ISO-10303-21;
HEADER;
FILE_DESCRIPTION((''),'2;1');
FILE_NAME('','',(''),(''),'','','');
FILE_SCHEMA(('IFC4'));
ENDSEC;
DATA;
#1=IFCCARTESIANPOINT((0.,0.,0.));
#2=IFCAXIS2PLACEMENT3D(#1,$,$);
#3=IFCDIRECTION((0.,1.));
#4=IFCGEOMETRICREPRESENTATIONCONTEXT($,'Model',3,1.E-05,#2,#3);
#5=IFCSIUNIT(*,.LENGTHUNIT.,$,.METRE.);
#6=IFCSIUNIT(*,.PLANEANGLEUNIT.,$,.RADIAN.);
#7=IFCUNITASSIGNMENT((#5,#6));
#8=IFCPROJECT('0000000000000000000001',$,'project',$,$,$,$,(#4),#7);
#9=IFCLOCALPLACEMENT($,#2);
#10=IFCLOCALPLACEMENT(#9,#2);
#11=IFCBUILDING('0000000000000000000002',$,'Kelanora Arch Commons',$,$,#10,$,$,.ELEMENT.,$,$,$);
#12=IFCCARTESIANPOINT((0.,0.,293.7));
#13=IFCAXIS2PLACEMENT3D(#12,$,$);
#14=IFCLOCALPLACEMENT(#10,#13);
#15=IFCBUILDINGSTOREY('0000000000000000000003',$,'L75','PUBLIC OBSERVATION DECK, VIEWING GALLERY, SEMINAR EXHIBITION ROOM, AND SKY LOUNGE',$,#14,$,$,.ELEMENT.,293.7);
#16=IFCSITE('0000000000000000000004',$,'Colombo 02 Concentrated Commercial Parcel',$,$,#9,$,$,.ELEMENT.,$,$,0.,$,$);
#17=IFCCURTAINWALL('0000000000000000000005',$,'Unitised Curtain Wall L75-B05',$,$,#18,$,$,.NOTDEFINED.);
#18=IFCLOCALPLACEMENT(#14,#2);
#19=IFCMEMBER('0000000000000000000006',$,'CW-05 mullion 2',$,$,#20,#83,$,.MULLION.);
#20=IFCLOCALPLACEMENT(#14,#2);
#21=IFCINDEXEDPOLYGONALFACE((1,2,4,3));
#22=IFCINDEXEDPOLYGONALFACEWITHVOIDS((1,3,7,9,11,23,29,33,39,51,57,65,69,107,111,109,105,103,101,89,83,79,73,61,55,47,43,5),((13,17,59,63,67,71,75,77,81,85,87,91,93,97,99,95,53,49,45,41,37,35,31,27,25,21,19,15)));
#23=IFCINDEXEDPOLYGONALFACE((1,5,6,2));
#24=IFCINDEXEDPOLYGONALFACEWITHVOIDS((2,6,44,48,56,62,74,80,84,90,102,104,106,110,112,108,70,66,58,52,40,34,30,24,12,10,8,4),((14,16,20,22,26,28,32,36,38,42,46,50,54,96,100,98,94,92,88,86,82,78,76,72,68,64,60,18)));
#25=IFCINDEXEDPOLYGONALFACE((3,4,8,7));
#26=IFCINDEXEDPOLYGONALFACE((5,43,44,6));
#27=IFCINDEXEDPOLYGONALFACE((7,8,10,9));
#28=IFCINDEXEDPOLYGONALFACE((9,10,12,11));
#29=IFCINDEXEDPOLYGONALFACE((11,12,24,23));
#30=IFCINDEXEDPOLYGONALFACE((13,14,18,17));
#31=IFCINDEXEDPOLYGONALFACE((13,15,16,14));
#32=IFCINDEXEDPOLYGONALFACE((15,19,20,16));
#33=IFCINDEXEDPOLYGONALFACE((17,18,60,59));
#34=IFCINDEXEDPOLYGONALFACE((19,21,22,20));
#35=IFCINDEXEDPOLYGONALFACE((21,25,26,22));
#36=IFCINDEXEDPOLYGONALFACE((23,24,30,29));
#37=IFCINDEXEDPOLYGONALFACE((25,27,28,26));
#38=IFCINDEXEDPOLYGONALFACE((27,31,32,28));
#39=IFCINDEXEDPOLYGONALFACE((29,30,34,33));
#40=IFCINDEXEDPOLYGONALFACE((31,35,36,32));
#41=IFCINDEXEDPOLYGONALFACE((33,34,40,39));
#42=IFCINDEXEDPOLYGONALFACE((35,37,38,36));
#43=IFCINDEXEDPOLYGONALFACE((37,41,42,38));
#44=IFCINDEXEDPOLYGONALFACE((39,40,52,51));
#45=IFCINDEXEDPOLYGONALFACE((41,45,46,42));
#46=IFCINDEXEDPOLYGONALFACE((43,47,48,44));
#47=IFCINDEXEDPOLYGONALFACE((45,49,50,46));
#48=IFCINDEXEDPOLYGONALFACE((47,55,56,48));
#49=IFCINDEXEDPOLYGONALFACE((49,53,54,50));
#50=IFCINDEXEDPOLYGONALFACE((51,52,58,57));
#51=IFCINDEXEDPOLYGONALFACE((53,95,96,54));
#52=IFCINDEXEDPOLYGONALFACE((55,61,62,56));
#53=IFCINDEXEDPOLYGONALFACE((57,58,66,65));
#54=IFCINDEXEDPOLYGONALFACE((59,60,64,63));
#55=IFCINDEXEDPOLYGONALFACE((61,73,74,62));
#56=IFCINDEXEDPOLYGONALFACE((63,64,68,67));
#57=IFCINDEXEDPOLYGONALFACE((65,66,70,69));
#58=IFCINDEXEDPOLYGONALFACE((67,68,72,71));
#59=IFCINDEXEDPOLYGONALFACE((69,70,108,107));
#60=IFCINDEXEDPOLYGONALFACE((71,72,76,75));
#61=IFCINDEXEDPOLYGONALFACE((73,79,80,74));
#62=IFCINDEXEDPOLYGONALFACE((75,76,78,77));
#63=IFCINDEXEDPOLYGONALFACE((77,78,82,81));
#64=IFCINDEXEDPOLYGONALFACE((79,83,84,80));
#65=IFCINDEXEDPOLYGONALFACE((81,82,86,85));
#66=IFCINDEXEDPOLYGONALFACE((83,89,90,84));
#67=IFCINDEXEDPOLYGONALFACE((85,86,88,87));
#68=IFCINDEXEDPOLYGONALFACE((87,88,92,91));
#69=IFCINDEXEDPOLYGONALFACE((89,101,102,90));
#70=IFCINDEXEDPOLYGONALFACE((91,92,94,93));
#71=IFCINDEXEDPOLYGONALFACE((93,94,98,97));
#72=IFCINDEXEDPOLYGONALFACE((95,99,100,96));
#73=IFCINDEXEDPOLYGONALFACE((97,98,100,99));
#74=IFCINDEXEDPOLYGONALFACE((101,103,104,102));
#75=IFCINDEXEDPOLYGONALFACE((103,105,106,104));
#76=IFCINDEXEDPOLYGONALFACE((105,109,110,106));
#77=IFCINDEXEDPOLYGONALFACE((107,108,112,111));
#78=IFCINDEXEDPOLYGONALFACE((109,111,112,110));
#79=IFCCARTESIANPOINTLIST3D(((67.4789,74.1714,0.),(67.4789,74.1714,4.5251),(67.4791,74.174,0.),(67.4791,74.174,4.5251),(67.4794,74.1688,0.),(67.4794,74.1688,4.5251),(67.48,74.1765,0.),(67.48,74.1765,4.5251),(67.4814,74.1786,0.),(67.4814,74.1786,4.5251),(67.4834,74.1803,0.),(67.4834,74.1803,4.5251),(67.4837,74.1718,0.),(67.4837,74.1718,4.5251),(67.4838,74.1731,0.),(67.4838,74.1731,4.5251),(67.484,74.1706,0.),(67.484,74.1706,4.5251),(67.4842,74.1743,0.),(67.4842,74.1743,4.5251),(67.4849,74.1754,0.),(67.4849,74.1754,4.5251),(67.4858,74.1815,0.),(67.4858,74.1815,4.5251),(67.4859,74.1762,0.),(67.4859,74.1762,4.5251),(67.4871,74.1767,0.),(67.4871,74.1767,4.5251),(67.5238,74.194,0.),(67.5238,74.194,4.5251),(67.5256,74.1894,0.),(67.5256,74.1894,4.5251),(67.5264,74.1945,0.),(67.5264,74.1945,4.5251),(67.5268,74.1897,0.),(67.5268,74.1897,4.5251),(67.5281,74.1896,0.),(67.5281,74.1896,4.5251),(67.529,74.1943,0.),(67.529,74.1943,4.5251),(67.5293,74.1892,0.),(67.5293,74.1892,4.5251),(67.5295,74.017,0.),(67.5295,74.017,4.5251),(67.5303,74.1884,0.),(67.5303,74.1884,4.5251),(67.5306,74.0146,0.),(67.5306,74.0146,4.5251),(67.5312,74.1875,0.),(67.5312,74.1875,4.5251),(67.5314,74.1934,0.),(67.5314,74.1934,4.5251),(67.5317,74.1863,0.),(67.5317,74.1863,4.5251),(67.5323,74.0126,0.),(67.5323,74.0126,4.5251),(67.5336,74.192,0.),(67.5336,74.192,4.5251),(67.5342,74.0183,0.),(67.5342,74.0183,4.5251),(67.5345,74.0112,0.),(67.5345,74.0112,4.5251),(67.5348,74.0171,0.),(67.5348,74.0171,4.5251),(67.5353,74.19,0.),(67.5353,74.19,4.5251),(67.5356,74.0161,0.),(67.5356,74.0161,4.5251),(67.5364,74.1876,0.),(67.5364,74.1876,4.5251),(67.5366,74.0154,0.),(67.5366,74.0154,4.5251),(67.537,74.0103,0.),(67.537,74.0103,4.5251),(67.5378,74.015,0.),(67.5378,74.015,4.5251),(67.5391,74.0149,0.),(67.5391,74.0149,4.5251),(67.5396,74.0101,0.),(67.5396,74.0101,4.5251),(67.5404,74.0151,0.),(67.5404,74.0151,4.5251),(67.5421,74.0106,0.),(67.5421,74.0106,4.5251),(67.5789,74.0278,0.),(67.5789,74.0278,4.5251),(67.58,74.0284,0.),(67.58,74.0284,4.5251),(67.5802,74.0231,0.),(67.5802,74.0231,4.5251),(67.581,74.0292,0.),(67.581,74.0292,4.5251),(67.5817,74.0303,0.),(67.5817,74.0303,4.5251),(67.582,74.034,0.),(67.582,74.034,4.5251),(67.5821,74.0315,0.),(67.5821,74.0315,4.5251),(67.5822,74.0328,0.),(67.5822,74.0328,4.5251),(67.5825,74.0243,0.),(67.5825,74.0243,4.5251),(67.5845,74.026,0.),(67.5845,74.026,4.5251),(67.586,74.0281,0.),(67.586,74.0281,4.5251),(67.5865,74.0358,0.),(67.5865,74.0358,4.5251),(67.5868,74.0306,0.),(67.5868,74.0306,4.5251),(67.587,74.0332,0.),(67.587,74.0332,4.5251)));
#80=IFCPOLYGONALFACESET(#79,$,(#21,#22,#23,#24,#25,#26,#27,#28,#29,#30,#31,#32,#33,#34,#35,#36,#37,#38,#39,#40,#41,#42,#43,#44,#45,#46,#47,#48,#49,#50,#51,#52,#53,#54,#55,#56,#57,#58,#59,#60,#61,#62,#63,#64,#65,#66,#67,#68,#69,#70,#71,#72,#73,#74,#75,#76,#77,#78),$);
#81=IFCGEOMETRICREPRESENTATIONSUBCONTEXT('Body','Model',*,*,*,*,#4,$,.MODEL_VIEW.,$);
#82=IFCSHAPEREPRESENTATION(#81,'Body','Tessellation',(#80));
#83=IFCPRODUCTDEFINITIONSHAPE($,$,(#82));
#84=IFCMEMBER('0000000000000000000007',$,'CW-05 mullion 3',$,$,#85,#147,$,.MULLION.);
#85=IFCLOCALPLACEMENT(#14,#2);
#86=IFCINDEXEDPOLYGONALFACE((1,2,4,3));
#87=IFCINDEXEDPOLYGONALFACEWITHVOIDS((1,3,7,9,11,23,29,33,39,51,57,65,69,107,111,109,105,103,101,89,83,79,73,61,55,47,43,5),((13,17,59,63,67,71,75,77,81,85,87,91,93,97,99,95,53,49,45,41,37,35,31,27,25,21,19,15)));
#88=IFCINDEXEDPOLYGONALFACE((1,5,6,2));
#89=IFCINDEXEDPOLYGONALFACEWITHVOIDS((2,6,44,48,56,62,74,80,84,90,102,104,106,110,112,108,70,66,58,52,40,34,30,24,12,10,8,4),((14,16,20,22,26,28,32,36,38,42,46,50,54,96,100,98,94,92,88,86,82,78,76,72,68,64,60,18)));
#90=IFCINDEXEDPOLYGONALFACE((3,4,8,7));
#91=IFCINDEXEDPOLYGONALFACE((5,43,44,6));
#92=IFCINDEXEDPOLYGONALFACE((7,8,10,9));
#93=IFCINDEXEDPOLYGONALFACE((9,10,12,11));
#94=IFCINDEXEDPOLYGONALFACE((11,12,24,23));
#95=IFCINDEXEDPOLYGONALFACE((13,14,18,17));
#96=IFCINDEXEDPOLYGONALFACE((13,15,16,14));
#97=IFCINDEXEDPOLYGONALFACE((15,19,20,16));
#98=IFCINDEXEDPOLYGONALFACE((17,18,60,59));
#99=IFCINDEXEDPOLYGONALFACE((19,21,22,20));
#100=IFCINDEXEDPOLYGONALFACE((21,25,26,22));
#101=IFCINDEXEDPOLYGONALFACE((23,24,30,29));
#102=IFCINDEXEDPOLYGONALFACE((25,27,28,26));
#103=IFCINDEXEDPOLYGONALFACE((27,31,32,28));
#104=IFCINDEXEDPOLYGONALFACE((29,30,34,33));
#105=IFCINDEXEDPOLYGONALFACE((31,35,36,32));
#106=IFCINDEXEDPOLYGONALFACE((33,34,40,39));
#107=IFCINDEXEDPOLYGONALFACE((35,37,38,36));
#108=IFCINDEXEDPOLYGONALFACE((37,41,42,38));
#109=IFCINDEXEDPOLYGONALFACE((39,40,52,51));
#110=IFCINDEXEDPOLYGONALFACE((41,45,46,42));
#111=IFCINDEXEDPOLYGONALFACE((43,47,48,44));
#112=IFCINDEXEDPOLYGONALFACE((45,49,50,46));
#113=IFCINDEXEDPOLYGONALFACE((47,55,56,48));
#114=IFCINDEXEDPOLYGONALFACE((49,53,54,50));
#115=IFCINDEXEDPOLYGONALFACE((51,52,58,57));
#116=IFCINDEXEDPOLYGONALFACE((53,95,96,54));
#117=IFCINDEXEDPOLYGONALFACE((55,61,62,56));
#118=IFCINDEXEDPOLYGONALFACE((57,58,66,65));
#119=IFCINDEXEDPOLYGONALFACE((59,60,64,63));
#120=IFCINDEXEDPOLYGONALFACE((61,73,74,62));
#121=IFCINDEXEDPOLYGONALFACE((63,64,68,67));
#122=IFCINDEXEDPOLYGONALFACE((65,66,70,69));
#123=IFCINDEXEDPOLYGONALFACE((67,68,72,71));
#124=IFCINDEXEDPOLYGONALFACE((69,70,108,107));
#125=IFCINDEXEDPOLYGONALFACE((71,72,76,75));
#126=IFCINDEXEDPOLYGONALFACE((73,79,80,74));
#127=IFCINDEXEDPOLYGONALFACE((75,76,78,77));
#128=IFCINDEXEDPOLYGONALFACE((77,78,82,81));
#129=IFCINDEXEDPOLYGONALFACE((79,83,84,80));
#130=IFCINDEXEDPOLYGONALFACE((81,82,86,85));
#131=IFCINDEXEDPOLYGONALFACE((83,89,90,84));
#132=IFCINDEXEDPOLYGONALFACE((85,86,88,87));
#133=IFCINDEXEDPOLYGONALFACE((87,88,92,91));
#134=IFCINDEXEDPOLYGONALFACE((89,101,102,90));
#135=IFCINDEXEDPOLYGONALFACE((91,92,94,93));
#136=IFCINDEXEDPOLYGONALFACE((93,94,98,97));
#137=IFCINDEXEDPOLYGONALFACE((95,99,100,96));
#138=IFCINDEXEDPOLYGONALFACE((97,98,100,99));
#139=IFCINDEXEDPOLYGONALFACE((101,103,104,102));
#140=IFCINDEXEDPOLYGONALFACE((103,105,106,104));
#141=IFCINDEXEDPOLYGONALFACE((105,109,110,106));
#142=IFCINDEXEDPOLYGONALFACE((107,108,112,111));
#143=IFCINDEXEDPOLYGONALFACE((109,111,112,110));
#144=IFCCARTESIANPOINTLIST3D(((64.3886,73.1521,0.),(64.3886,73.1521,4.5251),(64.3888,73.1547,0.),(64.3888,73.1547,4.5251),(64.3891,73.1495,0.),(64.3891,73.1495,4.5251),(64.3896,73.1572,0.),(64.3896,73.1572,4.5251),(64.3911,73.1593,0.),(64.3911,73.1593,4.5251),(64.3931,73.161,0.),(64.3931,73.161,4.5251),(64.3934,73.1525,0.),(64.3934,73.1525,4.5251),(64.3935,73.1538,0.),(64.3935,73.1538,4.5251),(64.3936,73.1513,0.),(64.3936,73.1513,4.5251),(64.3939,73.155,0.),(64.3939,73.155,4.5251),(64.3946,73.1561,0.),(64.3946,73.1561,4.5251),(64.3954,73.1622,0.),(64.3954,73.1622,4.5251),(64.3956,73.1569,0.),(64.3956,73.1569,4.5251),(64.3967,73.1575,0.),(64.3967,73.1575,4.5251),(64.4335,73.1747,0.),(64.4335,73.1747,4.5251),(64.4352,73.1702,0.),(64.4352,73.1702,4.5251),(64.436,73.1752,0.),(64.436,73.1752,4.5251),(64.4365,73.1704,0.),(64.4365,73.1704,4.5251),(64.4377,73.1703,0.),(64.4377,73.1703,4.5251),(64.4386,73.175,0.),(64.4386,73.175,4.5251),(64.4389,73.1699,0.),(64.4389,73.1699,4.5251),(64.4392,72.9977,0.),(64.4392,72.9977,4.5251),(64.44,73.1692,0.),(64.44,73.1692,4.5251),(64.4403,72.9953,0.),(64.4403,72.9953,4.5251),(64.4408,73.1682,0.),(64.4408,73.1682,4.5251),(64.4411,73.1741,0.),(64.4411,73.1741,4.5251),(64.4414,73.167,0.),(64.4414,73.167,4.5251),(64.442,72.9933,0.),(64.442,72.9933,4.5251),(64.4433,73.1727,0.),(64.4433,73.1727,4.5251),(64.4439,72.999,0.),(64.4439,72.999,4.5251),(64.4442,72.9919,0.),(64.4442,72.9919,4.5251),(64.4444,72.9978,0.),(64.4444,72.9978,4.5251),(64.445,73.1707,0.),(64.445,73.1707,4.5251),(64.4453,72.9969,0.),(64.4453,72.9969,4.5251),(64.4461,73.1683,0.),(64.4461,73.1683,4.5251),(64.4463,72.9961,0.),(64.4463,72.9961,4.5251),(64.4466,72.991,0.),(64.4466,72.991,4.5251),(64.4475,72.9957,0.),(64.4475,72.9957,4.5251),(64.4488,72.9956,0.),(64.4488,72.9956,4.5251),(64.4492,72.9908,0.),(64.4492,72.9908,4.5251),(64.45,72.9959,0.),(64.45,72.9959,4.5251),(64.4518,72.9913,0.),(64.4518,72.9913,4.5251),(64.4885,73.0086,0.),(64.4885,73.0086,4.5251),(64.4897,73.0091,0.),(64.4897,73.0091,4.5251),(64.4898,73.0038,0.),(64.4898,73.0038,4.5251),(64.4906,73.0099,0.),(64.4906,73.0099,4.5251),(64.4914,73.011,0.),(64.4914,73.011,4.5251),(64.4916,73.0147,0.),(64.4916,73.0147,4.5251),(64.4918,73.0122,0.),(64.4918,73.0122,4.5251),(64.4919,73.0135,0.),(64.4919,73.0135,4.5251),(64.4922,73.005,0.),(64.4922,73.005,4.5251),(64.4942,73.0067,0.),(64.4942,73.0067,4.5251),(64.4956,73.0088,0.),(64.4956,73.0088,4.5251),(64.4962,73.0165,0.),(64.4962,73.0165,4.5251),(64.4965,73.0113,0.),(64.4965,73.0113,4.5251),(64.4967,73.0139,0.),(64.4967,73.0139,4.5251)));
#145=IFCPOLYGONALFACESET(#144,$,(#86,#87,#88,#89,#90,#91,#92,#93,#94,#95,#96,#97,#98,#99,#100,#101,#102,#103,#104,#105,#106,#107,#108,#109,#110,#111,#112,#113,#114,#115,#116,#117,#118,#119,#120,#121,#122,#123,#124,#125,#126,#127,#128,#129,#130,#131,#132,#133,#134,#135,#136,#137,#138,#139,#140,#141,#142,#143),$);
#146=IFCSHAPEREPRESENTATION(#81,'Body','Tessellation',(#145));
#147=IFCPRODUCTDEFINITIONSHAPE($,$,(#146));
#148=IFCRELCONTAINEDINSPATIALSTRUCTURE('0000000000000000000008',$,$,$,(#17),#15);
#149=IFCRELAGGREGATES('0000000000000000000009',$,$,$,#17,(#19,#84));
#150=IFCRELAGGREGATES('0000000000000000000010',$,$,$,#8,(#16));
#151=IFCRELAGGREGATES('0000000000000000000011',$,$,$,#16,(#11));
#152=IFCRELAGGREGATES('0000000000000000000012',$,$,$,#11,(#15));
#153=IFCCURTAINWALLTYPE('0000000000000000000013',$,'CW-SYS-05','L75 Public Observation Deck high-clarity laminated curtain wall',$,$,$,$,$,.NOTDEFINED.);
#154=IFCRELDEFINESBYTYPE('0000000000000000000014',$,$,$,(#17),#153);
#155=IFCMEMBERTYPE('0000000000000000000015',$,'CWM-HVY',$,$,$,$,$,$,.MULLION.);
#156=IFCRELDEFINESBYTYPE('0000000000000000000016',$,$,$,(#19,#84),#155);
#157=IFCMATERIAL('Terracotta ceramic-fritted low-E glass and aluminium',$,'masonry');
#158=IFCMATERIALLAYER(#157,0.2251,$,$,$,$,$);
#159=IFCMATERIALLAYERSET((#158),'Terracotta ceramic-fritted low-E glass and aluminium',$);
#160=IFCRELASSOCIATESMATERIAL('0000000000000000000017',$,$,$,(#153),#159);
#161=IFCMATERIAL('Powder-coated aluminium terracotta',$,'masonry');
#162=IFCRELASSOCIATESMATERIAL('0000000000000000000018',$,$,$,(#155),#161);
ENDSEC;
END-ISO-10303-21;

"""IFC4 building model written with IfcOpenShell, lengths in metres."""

from ifc_helpers import new_model, si_unit, direction, frame, origin, origin_2d, place, context, subcontext, project, spatial, hollow_rectangle, extrude, material, layer, layer_set, material_profile, profile_set, type_object, element, aggregate, save


model = new_model("IFC4")

# Units and contexts
model_context = context("Model", 3, precision=1e-05, world=origin(), true_north=direction((0.0, 1.0)))
body_context = subcontext(model_context, "Body", "Model", "MODEL_VIEW")
ifc_project = project(units=[si_unit("LENGTHUNIT", "METRE"), si_unit("PLANEANGLEUNIT", "RADIAN")], contexts=[model_context])

# Site, building, storey
site_placement = place(None, origin())
site = spatial("IfcSite", under=ifc_project, at=site_placement, Name="Colombo 02 Concentrated Commercial Parcel", CompositionType="ELEMENT", RefElevation=0.0)
building_placement = place(site_placement, origin())
building = spatial("IfcBuilding", under=site, at=building_placement, Name="Kelanora Arch Commons", CompositionType="ELEMENT")
storey_placement = place(building_placement, frame((0.0, 0.0, 293.7)))
storey = spatial("IfcBuildingStorey", under=building, at=storey_placement, Name="L75", Description="PUBLIC OBSERVATION DECK, VIEWING GALLERY, SEMINAR EXHIBITION ROOM, AND SKY LOUNGE", CompositionType="ELEMENT", Elevation=293.7)

# Shared definitions
ifc_material_1 = material(Name="Terracotta ceramic-fritted low-E glass and aluminium", Category="masonry")
ifc_layer_1 = layer(ifc_material_1, 0.2251)
ifc_layer_set_1 = layer_set([ifc_layer_1], Name="Terracotta ceramic-fritted low-E glass and aluminium")
curtain_wall_type = type_object("IfcCurtainWallType", Name="CW-SYS-05", Description="L75 Public Observation Deck high-clarity laminated curtain wall", PredefinedType="NOTDEFINED", material=ifc_layer_set_1)
ifc_material_2 = material(Name="Powder-coated aluminium terracotta", Category="masonry")
ifc_material_profile_1 = material_profile(ifc_material_2, hollow_rectangle(XDim=0.1799, YDim=0.0601, WallThickness=0.0049, InnerFilletRadius=0.0049, OuterFilletRadius=0.01, at=origin_2d()), Name="CWM180x60")
ifc_profile_set_1 = profile_set([ifc_material_profile_1], Name="Powder-coated aluminium terracotta")
member_type_1 = type_object("IfcMemberType", Name="CWM-HVY", PredefinedType="MULLION", material=ifc_profile_set_1)

# Curtain wall, members
curtain_wall_1_placement = place(storey_placement, origin())
curtain_wall_1 = element("IfcCurtainWall", 1, at=curtain_wall_1_placement, inside=storey, type_object=curtain_wall_type, Name="Unitised Curtain Wall L75-B05", PredefinedType="NOTDEFINED")
member_1_placement = place(storey_placement, frame((67.533, 74.1023, 0.0), z_axis=(0.0, 0.0, 1.0), x_axis=(0.313253, -0.94967, 0.0)))
member_1 = element("IfcMember", 2, at=member_1_placement, type_object=member_type_1, Name="CW-05 mullion 2", PredefinedType="MULLION", context=body_context, shape_type="SweptSolid", body=[
    extrude(hollow_rectangle(XDim=0.1799, YDim=0.0601, WallThickness=0.0049, InnerFilletRadius=0.0049, OuterFilletRadius=0.01, at=origin_2d()), origin(), (0.0, 0.0, 1.0), 4.5251),
])
member_2_placement = place(storey_placement, frame((64.4426, 73.083, 0.0), z_axis=(0.0, 0.0, 1.0), x_axis=(0.313253, -0.94967, 0.0)))
member_2 = element("IfcMember", 3, at=member_2_placement, type_object=member_type_1, Name="CW-05 mullion 3", PredefinedType="MULLION", context=body_context, shape_type="SweptSolid", body=[
    extrude(hollow_rectangle(XDim=0.1799, YDim=0.0601, WallThickness=0.0049, InnerFilletRadius=0.0049, OuterFilletRadius=0.01, at=origin_2d()), origin(), (0.0, 0.0, 1.0), 4.5251),
])

aggregate(curtain_wall_1, [member_1, member_2])

save(model, "model.ifc")
